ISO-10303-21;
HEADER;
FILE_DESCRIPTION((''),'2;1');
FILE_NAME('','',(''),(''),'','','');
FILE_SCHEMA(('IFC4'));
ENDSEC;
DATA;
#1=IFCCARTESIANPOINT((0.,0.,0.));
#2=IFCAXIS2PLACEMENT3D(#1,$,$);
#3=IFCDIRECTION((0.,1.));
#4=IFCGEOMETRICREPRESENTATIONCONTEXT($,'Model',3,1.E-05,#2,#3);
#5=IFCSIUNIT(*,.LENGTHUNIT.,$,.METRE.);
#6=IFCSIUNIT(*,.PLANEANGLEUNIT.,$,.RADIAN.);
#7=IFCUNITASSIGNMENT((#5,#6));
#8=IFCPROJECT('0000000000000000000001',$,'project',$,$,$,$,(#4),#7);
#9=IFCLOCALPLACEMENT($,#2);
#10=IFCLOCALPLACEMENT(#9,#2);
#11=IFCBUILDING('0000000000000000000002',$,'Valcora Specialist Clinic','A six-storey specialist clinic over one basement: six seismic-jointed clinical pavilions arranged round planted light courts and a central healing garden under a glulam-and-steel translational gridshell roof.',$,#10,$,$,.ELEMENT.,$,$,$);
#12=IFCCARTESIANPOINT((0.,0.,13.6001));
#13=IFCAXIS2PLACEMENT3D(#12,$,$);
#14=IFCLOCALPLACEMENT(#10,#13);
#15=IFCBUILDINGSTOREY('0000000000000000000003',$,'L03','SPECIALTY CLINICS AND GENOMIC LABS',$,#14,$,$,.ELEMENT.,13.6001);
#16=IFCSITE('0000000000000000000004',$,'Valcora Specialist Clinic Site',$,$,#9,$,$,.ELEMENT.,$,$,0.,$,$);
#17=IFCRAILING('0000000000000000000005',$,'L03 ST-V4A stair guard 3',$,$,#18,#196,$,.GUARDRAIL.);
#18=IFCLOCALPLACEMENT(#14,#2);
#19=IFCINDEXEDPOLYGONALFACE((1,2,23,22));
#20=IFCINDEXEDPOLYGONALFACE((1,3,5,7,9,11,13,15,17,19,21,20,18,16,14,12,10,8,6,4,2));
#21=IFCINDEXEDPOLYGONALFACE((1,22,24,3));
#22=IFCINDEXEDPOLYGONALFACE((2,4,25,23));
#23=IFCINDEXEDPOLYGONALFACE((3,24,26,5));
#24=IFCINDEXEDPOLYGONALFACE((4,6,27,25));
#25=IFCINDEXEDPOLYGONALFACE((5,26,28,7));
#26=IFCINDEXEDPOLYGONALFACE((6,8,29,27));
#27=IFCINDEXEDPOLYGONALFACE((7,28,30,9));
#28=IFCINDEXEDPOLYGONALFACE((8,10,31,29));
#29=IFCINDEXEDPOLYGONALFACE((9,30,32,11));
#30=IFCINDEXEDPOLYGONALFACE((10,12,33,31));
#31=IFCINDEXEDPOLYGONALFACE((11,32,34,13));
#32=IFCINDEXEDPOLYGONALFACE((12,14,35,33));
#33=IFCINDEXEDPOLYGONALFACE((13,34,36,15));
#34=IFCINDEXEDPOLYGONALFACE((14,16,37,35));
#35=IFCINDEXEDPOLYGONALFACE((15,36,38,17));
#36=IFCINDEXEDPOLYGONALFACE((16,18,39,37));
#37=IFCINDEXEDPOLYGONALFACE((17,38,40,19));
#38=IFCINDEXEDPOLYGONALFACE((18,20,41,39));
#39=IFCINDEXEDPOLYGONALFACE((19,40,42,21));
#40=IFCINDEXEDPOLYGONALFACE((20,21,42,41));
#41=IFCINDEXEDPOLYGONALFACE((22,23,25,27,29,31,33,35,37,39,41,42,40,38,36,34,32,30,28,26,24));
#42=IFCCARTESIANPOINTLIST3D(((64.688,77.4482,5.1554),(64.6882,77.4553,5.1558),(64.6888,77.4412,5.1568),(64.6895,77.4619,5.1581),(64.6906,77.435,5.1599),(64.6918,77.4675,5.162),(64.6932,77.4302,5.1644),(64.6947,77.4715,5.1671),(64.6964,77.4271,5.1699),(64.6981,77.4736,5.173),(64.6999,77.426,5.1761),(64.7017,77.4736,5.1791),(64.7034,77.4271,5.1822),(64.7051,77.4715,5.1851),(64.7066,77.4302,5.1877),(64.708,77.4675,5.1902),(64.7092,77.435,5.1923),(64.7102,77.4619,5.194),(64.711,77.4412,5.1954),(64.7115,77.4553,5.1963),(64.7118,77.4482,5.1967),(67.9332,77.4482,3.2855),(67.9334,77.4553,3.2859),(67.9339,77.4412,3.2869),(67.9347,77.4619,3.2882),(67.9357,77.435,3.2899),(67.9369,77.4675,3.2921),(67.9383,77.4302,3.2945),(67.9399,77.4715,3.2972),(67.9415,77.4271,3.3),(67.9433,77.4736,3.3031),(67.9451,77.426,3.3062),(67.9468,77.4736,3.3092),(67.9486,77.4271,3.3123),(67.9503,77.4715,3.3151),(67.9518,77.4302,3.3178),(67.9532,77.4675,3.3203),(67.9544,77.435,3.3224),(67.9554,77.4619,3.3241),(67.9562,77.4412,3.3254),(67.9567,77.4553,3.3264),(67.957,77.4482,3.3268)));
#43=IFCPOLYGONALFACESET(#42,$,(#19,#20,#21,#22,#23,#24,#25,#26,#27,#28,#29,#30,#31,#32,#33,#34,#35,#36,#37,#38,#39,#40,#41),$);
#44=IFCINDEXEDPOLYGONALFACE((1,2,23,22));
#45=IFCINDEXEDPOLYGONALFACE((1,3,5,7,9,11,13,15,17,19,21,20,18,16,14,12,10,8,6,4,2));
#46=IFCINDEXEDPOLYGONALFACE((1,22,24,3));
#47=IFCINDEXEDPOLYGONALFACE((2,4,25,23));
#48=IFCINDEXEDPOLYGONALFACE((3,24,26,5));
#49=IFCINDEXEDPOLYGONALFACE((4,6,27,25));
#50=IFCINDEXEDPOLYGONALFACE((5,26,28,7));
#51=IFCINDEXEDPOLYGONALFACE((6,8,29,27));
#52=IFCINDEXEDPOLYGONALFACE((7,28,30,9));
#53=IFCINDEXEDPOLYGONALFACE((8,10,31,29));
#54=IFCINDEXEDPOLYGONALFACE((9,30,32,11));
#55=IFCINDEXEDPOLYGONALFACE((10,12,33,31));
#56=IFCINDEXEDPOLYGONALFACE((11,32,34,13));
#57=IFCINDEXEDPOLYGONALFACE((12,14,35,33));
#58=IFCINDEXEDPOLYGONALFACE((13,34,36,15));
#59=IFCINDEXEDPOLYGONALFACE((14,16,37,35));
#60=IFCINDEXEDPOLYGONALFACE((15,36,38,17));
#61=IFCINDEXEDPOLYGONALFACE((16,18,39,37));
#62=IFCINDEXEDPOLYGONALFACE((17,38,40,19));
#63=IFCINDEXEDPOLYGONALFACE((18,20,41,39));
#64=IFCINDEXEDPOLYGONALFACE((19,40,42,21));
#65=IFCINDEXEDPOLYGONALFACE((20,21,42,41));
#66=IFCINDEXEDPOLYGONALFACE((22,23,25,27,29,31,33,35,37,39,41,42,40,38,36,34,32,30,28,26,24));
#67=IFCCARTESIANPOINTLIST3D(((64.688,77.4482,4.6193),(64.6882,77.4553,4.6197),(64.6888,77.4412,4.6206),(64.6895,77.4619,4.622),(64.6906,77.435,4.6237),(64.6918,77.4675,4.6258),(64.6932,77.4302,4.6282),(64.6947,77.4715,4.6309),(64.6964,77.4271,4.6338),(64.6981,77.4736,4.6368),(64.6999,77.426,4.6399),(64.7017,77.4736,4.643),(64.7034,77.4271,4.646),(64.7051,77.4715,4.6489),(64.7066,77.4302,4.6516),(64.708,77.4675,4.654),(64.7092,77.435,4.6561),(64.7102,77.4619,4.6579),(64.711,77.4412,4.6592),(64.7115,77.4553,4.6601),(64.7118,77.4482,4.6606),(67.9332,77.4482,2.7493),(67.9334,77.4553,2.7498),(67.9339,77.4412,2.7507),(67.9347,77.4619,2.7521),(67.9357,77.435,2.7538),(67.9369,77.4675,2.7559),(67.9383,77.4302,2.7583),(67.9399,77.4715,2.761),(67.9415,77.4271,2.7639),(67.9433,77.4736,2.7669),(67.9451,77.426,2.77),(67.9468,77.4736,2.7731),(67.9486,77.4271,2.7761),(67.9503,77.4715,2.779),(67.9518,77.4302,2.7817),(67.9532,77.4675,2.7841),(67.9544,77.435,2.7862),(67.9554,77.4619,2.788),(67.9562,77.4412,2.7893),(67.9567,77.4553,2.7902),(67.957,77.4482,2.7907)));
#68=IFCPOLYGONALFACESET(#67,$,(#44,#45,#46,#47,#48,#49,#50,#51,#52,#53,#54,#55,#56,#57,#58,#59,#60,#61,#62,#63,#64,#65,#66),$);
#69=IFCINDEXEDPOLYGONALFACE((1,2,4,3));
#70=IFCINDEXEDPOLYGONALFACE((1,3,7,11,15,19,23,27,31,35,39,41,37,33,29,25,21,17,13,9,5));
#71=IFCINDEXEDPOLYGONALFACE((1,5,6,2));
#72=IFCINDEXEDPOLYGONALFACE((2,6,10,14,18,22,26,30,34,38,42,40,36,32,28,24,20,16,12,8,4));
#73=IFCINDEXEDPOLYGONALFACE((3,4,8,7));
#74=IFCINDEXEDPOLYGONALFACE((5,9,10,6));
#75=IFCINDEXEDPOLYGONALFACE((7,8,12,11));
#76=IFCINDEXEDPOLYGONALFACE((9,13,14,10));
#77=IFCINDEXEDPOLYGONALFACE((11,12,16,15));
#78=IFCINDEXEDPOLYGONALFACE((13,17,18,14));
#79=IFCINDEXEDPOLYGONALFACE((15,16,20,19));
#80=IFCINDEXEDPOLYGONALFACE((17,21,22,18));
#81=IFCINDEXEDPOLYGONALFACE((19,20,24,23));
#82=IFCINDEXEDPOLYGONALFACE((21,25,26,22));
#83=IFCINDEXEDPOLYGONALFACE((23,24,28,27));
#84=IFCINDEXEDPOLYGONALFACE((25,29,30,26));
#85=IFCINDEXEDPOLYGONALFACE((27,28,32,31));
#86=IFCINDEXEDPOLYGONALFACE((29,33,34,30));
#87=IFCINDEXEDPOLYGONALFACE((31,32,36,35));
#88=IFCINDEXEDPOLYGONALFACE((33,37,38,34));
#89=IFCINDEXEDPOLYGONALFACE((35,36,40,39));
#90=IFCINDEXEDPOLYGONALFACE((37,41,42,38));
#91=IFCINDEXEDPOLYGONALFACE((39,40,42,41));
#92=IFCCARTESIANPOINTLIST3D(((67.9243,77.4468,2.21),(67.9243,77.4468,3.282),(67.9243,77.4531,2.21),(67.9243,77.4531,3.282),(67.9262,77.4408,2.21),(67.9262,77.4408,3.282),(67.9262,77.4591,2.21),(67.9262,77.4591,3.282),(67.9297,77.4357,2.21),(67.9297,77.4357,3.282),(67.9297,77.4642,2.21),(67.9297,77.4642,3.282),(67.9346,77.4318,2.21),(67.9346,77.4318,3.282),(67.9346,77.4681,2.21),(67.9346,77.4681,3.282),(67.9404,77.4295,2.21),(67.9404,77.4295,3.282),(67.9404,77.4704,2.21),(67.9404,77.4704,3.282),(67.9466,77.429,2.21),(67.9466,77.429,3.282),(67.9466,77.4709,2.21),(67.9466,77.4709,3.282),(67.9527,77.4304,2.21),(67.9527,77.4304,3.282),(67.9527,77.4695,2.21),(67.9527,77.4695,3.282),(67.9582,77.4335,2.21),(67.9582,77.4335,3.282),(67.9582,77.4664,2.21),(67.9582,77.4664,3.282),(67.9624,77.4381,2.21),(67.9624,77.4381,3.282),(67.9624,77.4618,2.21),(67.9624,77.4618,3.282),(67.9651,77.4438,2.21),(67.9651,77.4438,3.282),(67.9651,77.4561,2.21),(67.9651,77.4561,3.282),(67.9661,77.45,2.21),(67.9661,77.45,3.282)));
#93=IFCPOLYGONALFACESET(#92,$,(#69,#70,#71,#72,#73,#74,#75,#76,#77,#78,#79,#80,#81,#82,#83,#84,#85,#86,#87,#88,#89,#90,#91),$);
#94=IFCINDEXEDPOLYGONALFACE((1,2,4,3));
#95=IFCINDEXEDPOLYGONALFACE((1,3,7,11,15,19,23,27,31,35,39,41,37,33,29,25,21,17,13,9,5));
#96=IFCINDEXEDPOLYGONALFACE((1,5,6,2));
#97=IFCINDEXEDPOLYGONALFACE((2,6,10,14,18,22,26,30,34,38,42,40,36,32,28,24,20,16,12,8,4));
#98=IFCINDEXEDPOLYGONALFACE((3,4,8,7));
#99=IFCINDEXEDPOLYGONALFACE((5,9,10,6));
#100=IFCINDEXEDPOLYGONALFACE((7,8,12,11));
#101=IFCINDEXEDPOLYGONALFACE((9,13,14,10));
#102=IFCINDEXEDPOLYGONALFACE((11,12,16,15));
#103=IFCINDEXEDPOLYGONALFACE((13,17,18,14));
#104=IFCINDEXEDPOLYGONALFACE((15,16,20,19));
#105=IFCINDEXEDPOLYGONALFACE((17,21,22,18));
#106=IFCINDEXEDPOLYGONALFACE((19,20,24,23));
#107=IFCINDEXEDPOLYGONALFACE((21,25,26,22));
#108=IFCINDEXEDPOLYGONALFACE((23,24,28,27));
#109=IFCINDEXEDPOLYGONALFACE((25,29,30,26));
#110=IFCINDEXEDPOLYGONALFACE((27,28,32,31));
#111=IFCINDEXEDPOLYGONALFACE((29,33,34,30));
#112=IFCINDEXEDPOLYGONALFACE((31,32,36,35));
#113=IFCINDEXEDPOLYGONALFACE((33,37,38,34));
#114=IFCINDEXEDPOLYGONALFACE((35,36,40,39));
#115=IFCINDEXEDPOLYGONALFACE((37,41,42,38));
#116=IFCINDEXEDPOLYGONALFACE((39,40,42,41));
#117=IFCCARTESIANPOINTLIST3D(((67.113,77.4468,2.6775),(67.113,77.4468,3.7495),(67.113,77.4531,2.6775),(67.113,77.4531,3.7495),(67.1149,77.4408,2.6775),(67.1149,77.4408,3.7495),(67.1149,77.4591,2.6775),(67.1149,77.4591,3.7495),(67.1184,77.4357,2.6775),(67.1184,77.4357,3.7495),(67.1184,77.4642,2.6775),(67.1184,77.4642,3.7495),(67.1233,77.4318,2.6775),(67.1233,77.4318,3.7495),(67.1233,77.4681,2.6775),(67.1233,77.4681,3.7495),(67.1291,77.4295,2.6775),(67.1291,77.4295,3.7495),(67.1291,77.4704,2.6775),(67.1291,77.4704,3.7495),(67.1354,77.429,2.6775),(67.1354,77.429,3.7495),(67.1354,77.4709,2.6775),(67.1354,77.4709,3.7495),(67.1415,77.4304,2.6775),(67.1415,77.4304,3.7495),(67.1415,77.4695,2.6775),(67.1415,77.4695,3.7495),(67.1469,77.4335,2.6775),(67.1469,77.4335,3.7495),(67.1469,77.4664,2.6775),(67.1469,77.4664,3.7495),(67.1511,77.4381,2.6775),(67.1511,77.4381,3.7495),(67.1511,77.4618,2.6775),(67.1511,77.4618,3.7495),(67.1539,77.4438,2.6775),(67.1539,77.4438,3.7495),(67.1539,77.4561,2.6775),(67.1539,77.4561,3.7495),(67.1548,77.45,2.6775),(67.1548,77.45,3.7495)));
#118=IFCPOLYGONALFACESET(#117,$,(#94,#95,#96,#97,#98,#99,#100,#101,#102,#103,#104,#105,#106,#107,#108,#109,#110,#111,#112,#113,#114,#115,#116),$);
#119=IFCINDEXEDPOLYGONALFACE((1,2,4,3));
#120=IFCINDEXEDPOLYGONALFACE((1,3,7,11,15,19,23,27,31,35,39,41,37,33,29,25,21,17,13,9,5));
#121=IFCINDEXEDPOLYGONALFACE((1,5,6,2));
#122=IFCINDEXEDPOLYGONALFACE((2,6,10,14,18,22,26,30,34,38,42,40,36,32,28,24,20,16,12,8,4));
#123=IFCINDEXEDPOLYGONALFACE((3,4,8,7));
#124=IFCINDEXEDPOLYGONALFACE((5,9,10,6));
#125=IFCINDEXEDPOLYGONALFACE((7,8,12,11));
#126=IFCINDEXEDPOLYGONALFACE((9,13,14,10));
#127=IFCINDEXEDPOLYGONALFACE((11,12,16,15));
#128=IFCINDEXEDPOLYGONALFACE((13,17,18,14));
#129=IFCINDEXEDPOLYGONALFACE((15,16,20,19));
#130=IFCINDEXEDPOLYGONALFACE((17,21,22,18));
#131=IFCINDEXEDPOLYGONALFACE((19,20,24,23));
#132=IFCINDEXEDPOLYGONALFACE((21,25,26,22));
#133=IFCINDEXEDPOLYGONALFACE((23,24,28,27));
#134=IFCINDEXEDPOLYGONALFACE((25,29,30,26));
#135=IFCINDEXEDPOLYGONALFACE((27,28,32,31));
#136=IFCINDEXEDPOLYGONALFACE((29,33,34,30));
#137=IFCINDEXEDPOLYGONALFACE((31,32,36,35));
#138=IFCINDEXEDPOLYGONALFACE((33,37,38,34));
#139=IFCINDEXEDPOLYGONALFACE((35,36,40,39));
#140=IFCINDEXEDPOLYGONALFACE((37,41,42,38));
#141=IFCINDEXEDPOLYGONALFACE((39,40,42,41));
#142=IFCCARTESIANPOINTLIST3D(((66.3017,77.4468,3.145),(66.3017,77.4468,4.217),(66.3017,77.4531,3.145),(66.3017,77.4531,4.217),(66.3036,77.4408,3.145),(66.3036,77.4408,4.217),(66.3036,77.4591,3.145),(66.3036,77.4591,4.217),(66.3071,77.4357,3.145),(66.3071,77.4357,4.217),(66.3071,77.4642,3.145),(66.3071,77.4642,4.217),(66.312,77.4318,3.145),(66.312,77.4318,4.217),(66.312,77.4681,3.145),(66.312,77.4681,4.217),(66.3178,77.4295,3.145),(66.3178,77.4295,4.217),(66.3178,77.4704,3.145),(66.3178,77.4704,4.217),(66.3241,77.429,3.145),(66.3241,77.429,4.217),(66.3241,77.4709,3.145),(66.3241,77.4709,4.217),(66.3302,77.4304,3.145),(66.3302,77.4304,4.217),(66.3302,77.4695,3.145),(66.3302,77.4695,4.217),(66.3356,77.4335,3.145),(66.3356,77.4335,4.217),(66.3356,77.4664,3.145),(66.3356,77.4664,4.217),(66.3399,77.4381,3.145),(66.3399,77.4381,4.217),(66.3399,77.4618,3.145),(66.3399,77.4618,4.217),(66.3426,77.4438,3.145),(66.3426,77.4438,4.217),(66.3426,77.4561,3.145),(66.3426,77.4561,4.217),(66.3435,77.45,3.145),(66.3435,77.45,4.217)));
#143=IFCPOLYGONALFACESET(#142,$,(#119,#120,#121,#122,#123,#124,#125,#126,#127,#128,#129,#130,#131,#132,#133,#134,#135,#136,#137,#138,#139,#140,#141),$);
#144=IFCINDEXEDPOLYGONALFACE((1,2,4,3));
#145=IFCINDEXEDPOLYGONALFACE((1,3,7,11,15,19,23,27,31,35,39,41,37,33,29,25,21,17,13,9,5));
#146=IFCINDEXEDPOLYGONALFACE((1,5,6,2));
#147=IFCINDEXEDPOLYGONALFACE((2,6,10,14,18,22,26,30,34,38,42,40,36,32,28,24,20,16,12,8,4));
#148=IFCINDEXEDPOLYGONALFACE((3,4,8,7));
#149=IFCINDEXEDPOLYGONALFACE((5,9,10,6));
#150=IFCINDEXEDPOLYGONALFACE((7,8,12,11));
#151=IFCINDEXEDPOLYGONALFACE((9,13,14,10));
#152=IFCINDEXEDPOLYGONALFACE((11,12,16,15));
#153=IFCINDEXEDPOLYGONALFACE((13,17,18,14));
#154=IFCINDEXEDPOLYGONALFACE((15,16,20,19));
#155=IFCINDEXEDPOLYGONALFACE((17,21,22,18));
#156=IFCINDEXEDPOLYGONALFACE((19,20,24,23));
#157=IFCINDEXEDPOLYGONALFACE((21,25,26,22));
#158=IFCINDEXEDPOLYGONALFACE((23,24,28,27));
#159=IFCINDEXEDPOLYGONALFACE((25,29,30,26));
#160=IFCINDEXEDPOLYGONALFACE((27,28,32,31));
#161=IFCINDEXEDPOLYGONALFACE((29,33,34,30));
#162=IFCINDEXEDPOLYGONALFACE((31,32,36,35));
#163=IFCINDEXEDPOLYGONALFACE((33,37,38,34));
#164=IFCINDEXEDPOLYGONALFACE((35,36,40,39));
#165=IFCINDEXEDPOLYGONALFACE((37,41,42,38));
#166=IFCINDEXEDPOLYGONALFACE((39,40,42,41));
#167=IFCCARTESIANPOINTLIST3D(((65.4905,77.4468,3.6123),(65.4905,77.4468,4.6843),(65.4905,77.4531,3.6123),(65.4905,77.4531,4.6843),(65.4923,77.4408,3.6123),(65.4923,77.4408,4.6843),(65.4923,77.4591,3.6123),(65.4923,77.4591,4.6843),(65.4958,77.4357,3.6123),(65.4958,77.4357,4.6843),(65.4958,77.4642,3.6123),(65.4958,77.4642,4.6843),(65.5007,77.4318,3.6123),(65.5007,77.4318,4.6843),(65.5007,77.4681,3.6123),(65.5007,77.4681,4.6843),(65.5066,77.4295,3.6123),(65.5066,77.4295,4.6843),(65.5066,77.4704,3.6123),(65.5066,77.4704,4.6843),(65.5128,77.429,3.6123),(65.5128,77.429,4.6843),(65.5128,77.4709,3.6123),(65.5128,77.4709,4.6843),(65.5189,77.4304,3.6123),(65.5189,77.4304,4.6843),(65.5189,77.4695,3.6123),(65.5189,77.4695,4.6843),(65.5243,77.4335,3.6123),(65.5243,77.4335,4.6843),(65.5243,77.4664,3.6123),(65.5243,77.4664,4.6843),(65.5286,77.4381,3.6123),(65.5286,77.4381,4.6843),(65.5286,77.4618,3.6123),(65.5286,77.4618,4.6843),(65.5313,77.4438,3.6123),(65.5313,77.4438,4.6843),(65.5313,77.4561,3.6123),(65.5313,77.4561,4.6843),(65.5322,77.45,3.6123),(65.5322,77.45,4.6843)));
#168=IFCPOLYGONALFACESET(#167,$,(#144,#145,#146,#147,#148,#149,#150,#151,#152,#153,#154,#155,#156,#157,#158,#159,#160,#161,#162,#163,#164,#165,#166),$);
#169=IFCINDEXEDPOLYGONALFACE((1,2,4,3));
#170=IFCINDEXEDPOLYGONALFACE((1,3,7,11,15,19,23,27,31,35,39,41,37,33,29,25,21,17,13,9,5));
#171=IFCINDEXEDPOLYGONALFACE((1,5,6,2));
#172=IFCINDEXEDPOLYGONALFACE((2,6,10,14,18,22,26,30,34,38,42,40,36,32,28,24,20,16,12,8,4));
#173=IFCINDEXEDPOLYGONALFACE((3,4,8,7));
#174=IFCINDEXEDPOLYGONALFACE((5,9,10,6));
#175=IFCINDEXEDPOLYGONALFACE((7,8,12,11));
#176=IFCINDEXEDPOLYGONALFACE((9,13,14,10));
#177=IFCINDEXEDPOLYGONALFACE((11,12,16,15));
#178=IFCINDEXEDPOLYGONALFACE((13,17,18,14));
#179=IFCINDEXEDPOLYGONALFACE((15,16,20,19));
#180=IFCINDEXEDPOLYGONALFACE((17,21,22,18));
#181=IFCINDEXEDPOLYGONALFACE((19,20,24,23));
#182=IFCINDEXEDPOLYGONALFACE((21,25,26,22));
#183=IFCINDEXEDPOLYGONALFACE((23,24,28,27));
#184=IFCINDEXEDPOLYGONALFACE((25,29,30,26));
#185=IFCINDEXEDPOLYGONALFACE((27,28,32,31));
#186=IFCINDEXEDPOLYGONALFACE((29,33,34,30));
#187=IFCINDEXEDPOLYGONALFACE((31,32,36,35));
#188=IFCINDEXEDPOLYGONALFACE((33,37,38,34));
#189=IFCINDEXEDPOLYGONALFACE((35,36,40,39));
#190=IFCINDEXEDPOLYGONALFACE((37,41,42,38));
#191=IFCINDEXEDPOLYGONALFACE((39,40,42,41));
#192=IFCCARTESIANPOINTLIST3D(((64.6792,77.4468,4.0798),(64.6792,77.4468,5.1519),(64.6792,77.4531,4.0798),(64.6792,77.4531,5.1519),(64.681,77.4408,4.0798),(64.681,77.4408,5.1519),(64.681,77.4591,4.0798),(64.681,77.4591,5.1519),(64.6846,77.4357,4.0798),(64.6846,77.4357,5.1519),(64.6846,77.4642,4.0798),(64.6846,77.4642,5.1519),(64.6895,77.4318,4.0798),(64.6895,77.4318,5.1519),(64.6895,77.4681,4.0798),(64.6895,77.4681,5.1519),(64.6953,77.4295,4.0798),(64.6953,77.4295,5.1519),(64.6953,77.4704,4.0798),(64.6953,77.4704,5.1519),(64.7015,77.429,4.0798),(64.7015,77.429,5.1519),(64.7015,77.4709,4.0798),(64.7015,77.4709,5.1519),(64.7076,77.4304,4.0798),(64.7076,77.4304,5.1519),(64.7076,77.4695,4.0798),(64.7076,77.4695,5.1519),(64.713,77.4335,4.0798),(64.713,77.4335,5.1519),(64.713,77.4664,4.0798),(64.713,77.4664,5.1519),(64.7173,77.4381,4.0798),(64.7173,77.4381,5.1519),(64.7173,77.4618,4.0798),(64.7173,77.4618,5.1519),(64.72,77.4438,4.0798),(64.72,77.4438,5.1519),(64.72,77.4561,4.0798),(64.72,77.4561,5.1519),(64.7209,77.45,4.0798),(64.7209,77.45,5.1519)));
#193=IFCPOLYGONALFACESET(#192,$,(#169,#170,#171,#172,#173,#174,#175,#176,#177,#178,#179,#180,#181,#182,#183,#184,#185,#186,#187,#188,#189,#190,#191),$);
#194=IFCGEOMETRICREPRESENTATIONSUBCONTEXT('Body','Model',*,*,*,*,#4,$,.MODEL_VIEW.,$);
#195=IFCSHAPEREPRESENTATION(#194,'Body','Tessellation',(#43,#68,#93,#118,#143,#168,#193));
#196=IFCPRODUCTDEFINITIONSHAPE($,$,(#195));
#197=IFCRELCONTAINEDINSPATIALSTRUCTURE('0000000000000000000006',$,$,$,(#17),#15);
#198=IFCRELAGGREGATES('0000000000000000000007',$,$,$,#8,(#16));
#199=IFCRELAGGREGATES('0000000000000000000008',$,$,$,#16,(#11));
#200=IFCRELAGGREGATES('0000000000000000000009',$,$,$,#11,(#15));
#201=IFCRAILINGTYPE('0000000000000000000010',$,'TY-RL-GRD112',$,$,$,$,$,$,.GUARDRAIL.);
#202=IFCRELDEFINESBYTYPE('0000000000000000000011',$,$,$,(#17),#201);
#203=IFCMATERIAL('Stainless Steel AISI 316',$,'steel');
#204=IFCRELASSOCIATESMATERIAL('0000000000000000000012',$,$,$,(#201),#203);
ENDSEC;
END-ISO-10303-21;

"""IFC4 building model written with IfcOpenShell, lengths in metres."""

from ifc_helpers import new_model, si_unit, direction, frame, origin, origin_2d, place, context, subcontext, project, spatial, circle, extrude, material, type_object, element, save


model = new_model("IFC4")

# Units and contexts
model_context = context("Model", 3, precision=1e-05, world=origin(), true_north=direction((0.0, 1.0)))
body_context = subcontext(model_context, "Body", "Model", "MODEL_VIEW")
ifc_project = project(units=[si_unit("LENGTHUNIT", "METRE"), si_unit("PLANEANGLEUNIT", "RADIAN")], contexts=[model_context])

# Site, building, storey
site_placement = place(None, origin())
site = spatial("IfcSite", under=ifc_project, at=site_placement, Name="Valcora Specialist Clinic Site", CompositionType="ELEMENT", RefElevation=0.0)
building_placement = place(site_placement, origin())
building = spatial("IfcBuilding", under=site, at=building_placement, Name="Valcora Specialist Clinic", Description="A six-storey specialist clinic over one basement: six seismic-jointed clinical pavilions arranged round planted light courts and a central healing garden under a glulam-and-steel translational gridshell roof.", CompositionType="ELEMENT")
storey_placement = place(building_placement, frame((0.0, 0.0, 13.6001)))
storey = spatial("IfcBuildingStorey", under=building, at=storey_placement, Name="L03", Description="SPECIALTY CLINICS AND GENOMIC LABS", CompositionType="ELEMENT", Elevation=13.6001)

# Shared definitions
ifc_material_1 = material(Name="Stainless Steel AISI 316", Category="steel")

# Railing
railing_type_1 = type_object("IfcRailingType", Name="TY-RL-GRD112", PredefinedType="GUARDRAIL", material=ifc_material_1)
railing_1_placement = place(storey_placement, frame((67.9451, 77.45, 2.21)))
element("IfcRailing", 1, at=railing_1_placement, inside=storey, type_object=railing_type_1, Name="L03 ST-V4A stair guard 3", PredefinedType="GUARDRAIL", context=body_context, shape_type="SweptSolid", body=[
    extrude(circle(Radius=0.0239, at=origin_2d()), frame((0.0, 0.0, 1.0962), z_axis=(-0.866452, 0.0, 0.49926), x_axis=(0.0, -1.0, 0.0)), (0.0, 0.0, 1.0), 3.7454),
    extrude(circle(Radius=0.0239, at=origin_2d()), frame((0.0, 0.0, 0.5601), z_axis=(-0.866452, 0.0, 0.49926), x_axis=(0.0, -1.0, 0.0)), (0.0, 0.0, 1.0), 3.7454),
    extrude(circle(Radius=0.021, at=origin_2d()), origin(), (0.0, 0.0, 1.0), 1.072),
    extrude(circle(Radius=0.021, at=origin_2d()), frame((-0.8113, 0.0, 0.4675)), (0.0, 0.0, 1.0), 1.072),
    extrude(circle(Radius=0.021, at=origin_2d()), frame((-1.6226, 0.0, 0.9351)), (0.0, 0.0, 1.0), 1.072),
    extrude(circle(Radius=0.021, at=origin_2d()), frame((-2.4338, 0.0, 1.4023)), (0.0, 0.0, 1.0), 1.072),
    extrude(circle(Radius=0.021, at=origin_2d()), frame((-3.2451, 0.0, 1.8699)), (0.0, 0.0, 1.0), 1.072),
])

save(model, "model.ifc")
